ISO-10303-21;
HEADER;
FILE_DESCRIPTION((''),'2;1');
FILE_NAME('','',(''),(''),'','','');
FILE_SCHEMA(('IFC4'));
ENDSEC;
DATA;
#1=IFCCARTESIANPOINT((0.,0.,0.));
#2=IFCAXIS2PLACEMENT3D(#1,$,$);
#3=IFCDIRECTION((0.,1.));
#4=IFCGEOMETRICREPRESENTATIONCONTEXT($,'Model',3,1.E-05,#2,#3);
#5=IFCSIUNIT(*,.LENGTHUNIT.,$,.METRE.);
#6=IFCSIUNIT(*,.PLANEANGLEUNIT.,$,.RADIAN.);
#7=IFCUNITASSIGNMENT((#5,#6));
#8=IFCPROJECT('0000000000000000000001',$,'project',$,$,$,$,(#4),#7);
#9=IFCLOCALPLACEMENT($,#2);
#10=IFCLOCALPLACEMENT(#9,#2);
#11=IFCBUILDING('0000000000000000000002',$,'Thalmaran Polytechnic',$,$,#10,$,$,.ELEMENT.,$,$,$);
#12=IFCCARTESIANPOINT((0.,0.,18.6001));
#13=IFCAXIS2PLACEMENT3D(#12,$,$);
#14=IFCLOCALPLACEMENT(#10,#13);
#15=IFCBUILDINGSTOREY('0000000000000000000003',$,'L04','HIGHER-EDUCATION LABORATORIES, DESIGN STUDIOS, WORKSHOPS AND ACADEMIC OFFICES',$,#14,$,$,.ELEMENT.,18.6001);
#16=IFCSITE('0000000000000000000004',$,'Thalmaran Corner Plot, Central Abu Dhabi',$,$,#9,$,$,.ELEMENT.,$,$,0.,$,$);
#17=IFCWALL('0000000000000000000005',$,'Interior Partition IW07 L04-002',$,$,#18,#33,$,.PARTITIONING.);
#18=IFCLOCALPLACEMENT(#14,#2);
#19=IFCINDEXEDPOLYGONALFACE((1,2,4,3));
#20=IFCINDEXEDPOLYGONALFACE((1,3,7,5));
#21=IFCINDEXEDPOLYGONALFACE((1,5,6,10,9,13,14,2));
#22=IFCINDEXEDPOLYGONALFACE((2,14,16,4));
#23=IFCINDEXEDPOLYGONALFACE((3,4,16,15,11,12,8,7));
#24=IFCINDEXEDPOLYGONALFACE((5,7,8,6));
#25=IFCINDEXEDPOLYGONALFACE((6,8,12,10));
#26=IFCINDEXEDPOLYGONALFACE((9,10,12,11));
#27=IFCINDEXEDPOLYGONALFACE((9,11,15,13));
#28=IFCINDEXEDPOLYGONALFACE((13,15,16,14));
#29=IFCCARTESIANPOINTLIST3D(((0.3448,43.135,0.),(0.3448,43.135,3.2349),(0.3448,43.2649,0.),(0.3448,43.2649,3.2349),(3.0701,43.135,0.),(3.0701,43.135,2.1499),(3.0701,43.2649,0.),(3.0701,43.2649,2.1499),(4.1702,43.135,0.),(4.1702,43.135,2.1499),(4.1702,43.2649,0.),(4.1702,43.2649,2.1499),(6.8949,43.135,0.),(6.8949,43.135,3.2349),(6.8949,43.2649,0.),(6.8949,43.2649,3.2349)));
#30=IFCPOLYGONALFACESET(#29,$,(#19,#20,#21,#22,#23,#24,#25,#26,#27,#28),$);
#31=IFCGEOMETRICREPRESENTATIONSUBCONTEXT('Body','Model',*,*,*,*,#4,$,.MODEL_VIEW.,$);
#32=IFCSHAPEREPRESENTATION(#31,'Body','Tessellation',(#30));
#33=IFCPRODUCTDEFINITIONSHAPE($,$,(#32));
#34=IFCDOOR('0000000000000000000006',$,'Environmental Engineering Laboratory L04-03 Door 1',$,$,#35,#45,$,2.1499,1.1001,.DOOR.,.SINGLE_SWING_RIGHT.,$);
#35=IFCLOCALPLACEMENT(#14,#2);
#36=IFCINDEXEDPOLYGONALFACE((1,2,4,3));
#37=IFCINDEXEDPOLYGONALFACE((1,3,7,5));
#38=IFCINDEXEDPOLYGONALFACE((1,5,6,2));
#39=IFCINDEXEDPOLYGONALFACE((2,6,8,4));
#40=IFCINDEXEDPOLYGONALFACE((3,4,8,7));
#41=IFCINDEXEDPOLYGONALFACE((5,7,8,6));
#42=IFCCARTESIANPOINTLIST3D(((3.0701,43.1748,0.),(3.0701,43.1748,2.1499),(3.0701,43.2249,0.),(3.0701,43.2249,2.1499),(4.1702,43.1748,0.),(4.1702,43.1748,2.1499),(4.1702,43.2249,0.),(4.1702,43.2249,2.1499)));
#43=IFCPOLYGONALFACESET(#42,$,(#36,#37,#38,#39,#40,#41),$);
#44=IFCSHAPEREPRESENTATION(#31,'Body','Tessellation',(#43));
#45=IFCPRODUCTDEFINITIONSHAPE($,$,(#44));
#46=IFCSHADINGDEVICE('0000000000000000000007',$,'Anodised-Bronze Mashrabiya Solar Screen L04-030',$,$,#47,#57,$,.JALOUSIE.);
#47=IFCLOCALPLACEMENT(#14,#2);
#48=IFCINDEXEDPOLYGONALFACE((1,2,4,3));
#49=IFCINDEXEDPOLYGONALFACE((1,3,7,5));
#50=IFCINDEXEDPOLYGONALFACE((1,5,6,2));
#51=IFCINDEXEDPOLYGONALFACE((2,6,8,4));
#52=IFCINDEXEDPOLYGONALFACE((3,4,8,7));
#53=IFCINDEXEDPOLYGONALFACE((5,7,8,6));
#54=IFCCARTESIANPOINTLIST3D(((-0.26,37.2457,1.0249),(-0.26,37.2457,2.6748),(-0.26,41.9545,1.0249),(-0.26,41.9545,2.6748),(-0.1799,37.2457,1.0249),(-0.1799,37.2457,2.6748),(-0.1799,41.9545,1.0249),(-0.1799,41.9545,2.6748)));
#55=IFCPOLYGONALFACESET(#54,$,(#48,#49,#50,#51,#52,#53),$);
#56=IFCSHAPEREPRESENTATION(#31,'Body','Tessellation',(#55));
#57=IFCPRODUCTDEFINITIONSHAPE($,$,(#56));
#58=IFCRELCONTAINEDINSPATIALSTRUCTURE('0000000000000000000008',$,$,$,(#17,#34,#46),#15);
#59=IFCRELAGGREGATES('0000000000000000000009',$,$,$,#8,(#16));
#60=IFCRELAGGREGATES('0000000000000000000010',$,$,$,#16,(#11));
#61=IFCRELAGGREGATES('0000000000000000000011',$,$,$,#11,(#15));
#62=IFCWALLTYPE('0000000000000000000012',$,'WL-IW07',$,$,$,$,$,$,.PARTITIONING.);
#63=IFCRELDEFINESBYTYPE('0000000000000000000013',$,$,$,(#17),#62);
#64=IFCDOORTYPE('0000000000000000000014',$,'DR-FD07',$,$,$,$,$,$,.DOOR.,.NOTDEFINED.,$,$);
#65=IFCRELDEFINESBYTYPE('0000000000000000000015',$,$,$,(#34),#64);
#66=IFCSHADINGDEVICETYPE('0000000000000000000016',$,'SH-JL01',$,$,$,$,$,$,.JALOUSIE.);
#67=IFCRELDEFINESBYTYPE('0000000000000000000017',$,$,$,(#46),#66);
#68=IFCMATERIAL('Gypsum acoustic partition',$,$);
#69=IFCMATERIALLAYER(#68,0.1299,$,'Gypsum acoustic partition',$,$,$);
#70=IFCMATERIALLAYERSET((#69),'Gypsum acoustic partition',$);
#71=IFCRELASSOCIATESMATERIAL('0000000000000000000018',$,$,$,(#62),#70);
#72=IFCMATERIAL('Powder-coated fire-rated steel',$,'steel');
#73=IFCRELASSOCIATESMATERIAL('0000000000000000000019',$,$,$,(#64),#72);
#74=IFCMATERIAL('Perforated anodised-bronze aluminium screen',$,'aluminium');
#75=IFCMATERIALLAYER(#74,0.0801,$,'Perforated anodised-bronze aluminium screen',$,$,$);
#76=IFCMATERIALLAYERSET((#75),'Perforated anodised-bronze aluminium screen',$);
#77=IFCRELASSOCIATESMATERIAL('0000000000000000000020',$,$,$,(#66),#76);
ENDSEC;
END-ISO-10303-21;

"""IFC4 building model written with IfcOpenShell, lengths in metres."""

from ifc_helpers import new_model, si_unit, direction, frame, frame_2d, origin, origin_2d, place, context, subcontext, project, spatial, rectangle, extrude, material, layer, layer_set, type_object, element, fill, save


model = new_model("IFC4")

# Units and contexts
model_context = context("Model", 3, precision=1e-05, world=origin(), true_north=direction((0.0, 1.0)))
body_context = subcontext(model_context, "Body", "Model", "MODEL_VIEW")
ifc_project = project(units=[si_unit("LENGTHUNIT", "METRE"), si_unit("PLANEANGLEUNIT", "RADIAN")], contexts=[model_context])

# Site, building, storey
site_placement = place(None, origin())
site = spatial("IfcSite", under=ifc_project, at=site_placement, Name="Thalmaran Corner Plot, Central Abu Dhabi", CompositionType="ELEMENT", RefElevation=0.0)
building_placement = place(site_placement, origin())
building = spatial("IfcBuilding", under=site, at=building_placement, Name="Thalmaran Polytechnic", CompositionType="ELEMENT")
storey_placement = place(building_placement, frame((0.0, 0.0, 18.6001)))
storey = spatial("IfcBuildingStorey", under=building, at=storey_placement, Name="L04", Description="HIGHER-EDUCATION LABORATORIES, DESIGN STUDIOS, WORKSHOPS AND ACADEMIC OFFICES", CompositionType="ELEMENT", Elevation=18.6001)

# Wall, opening, door
ifc_material_1 = material(Name="Gypsum acoustic partition")
ifc_layer_1 = layer(ifc_material_1, 0.1299, Name="Gypsum acoustic partition")
ifc_layer_set_1 = layer_set([ifc_layer_1], Name="Gypsum acoustic partition")
wall_type_1 = type_object("IfcWallType", Name="WL-IW07", PredefinedType="PARTITIONING", material=ifc_layer_set_1)
wall_1_placement = place(storey_placement, frame((0.345, 43.2, 0.0), z_axis=(0.0, 0.0, 1.0), x_axis=(1.0, 0.0, 0.0)))
wall_1 = element("IfcWall", 1, at=wall_1_placement, inside=storey, type_object=wall_type_1, Name="Interior Partition IW07 L04-002", PredefinedType="PARTITIONING", context=body_context, shape_type="SweptSolid", body=[
    extrude(rectangle(XDim=6.55, YDim=0.1299, at=frame_2d((3.2749, 0.0))), origin(), (0.0, 0.0, 1.0), 3.2349),
])
opening_1_placement = place(wall_1_placement, frame((2.7251, 0.0, 0.0)))
opening_1 = element("IfcOpeningElement", 2, at=opening_1_placement, cuts=wall_1, PredefinedType="OPENING", context=body_context, shape_type="SweptSolid", body=[
    extrude(rectangle(XDim=1.1001, YDim=2.1499, at=frame_2d((0.55, 1.075))), frame((0.0, 0.075, 0.0), z_axis=(0.0, -1.0, 0.0), x_axis=(1.0, 0.0, 0.0)), (0.0, 0.0, 1.0), 0.1499),
])
ifc_material_2 = material(Name="Powder-coated fire-rated steel", Category="steel")
door_type = type_object("IfcDoorType", Name="DR-FD07", OperationType="NOTDEFINED", PredefinedType="DOOR", material=ifc_material_2)
door_placement = place(opening_1_placement, origin())
door = element("IfcDoor", 3, at=door_placement, inside=storey, type_object=door_type, Name="Environmental Engineering Laboratory L04-03 Door 1", OperationType="SINGLE_SWING_RIGHT", OverallHeight=2.1499, OverallWidth=1.1001, PredefinedType="DOOR", context=body_context, shape_type="SweptSolid", body=[
    extrude(rectangle(XDim=1.1001, YDim=2.1499, at=frame_2d((0.55, 1.075))), frame((0.0, 0.0249, 0.0), z_axis=(0.0, -1.0, 0.0), x_axis=(1.0, 0.0, 0.0)), (0.0, 0.0, 1.0), 0.05),
])
fill(opening_1, door)

# Shading device
ifc_material_3 = material(Name="Perforated anodised-bronze aluminium screen", Category="aluminium")
ifc_layer_2 = layer(ifc_material_3, 0.0801, Name="Perforated anodised-bronze aluminium screen")
ifc_layer_set_2 = layer_set([ifc_layer_2], Name="Perforated anodised-bronze aluminium screen")
shading_device_type = type_object("IfcShadingDeviceType", Name="SH-JL01", PredefinedType="JALOUSIE", material=ifc_layer_set_2)
shading_device_placement = place(storey_placement, frame((-0.22, 39.6001, 1.0249), z_axis=(0.0, 0.0, 1.0), x_axis=(0.0, 1.0, 0.0)))
element("IfcShadingDevice", 4, at=shading_device_placement, inside=storey, type_object=shading_device_type, Name="Anodised-Bronze Mashrabiya Solar Screen L04-030", PredefinedType="JALOUSIE", context=body_context, shape_type="SweptSolid", body=[
    extrude(rectangle(XDim=4.7087, YDim=0.0801, at=origin_2d()), origin(), (0.0, 0.0, 1.0), 1.6499),
])

save(model, "model.ifc")
